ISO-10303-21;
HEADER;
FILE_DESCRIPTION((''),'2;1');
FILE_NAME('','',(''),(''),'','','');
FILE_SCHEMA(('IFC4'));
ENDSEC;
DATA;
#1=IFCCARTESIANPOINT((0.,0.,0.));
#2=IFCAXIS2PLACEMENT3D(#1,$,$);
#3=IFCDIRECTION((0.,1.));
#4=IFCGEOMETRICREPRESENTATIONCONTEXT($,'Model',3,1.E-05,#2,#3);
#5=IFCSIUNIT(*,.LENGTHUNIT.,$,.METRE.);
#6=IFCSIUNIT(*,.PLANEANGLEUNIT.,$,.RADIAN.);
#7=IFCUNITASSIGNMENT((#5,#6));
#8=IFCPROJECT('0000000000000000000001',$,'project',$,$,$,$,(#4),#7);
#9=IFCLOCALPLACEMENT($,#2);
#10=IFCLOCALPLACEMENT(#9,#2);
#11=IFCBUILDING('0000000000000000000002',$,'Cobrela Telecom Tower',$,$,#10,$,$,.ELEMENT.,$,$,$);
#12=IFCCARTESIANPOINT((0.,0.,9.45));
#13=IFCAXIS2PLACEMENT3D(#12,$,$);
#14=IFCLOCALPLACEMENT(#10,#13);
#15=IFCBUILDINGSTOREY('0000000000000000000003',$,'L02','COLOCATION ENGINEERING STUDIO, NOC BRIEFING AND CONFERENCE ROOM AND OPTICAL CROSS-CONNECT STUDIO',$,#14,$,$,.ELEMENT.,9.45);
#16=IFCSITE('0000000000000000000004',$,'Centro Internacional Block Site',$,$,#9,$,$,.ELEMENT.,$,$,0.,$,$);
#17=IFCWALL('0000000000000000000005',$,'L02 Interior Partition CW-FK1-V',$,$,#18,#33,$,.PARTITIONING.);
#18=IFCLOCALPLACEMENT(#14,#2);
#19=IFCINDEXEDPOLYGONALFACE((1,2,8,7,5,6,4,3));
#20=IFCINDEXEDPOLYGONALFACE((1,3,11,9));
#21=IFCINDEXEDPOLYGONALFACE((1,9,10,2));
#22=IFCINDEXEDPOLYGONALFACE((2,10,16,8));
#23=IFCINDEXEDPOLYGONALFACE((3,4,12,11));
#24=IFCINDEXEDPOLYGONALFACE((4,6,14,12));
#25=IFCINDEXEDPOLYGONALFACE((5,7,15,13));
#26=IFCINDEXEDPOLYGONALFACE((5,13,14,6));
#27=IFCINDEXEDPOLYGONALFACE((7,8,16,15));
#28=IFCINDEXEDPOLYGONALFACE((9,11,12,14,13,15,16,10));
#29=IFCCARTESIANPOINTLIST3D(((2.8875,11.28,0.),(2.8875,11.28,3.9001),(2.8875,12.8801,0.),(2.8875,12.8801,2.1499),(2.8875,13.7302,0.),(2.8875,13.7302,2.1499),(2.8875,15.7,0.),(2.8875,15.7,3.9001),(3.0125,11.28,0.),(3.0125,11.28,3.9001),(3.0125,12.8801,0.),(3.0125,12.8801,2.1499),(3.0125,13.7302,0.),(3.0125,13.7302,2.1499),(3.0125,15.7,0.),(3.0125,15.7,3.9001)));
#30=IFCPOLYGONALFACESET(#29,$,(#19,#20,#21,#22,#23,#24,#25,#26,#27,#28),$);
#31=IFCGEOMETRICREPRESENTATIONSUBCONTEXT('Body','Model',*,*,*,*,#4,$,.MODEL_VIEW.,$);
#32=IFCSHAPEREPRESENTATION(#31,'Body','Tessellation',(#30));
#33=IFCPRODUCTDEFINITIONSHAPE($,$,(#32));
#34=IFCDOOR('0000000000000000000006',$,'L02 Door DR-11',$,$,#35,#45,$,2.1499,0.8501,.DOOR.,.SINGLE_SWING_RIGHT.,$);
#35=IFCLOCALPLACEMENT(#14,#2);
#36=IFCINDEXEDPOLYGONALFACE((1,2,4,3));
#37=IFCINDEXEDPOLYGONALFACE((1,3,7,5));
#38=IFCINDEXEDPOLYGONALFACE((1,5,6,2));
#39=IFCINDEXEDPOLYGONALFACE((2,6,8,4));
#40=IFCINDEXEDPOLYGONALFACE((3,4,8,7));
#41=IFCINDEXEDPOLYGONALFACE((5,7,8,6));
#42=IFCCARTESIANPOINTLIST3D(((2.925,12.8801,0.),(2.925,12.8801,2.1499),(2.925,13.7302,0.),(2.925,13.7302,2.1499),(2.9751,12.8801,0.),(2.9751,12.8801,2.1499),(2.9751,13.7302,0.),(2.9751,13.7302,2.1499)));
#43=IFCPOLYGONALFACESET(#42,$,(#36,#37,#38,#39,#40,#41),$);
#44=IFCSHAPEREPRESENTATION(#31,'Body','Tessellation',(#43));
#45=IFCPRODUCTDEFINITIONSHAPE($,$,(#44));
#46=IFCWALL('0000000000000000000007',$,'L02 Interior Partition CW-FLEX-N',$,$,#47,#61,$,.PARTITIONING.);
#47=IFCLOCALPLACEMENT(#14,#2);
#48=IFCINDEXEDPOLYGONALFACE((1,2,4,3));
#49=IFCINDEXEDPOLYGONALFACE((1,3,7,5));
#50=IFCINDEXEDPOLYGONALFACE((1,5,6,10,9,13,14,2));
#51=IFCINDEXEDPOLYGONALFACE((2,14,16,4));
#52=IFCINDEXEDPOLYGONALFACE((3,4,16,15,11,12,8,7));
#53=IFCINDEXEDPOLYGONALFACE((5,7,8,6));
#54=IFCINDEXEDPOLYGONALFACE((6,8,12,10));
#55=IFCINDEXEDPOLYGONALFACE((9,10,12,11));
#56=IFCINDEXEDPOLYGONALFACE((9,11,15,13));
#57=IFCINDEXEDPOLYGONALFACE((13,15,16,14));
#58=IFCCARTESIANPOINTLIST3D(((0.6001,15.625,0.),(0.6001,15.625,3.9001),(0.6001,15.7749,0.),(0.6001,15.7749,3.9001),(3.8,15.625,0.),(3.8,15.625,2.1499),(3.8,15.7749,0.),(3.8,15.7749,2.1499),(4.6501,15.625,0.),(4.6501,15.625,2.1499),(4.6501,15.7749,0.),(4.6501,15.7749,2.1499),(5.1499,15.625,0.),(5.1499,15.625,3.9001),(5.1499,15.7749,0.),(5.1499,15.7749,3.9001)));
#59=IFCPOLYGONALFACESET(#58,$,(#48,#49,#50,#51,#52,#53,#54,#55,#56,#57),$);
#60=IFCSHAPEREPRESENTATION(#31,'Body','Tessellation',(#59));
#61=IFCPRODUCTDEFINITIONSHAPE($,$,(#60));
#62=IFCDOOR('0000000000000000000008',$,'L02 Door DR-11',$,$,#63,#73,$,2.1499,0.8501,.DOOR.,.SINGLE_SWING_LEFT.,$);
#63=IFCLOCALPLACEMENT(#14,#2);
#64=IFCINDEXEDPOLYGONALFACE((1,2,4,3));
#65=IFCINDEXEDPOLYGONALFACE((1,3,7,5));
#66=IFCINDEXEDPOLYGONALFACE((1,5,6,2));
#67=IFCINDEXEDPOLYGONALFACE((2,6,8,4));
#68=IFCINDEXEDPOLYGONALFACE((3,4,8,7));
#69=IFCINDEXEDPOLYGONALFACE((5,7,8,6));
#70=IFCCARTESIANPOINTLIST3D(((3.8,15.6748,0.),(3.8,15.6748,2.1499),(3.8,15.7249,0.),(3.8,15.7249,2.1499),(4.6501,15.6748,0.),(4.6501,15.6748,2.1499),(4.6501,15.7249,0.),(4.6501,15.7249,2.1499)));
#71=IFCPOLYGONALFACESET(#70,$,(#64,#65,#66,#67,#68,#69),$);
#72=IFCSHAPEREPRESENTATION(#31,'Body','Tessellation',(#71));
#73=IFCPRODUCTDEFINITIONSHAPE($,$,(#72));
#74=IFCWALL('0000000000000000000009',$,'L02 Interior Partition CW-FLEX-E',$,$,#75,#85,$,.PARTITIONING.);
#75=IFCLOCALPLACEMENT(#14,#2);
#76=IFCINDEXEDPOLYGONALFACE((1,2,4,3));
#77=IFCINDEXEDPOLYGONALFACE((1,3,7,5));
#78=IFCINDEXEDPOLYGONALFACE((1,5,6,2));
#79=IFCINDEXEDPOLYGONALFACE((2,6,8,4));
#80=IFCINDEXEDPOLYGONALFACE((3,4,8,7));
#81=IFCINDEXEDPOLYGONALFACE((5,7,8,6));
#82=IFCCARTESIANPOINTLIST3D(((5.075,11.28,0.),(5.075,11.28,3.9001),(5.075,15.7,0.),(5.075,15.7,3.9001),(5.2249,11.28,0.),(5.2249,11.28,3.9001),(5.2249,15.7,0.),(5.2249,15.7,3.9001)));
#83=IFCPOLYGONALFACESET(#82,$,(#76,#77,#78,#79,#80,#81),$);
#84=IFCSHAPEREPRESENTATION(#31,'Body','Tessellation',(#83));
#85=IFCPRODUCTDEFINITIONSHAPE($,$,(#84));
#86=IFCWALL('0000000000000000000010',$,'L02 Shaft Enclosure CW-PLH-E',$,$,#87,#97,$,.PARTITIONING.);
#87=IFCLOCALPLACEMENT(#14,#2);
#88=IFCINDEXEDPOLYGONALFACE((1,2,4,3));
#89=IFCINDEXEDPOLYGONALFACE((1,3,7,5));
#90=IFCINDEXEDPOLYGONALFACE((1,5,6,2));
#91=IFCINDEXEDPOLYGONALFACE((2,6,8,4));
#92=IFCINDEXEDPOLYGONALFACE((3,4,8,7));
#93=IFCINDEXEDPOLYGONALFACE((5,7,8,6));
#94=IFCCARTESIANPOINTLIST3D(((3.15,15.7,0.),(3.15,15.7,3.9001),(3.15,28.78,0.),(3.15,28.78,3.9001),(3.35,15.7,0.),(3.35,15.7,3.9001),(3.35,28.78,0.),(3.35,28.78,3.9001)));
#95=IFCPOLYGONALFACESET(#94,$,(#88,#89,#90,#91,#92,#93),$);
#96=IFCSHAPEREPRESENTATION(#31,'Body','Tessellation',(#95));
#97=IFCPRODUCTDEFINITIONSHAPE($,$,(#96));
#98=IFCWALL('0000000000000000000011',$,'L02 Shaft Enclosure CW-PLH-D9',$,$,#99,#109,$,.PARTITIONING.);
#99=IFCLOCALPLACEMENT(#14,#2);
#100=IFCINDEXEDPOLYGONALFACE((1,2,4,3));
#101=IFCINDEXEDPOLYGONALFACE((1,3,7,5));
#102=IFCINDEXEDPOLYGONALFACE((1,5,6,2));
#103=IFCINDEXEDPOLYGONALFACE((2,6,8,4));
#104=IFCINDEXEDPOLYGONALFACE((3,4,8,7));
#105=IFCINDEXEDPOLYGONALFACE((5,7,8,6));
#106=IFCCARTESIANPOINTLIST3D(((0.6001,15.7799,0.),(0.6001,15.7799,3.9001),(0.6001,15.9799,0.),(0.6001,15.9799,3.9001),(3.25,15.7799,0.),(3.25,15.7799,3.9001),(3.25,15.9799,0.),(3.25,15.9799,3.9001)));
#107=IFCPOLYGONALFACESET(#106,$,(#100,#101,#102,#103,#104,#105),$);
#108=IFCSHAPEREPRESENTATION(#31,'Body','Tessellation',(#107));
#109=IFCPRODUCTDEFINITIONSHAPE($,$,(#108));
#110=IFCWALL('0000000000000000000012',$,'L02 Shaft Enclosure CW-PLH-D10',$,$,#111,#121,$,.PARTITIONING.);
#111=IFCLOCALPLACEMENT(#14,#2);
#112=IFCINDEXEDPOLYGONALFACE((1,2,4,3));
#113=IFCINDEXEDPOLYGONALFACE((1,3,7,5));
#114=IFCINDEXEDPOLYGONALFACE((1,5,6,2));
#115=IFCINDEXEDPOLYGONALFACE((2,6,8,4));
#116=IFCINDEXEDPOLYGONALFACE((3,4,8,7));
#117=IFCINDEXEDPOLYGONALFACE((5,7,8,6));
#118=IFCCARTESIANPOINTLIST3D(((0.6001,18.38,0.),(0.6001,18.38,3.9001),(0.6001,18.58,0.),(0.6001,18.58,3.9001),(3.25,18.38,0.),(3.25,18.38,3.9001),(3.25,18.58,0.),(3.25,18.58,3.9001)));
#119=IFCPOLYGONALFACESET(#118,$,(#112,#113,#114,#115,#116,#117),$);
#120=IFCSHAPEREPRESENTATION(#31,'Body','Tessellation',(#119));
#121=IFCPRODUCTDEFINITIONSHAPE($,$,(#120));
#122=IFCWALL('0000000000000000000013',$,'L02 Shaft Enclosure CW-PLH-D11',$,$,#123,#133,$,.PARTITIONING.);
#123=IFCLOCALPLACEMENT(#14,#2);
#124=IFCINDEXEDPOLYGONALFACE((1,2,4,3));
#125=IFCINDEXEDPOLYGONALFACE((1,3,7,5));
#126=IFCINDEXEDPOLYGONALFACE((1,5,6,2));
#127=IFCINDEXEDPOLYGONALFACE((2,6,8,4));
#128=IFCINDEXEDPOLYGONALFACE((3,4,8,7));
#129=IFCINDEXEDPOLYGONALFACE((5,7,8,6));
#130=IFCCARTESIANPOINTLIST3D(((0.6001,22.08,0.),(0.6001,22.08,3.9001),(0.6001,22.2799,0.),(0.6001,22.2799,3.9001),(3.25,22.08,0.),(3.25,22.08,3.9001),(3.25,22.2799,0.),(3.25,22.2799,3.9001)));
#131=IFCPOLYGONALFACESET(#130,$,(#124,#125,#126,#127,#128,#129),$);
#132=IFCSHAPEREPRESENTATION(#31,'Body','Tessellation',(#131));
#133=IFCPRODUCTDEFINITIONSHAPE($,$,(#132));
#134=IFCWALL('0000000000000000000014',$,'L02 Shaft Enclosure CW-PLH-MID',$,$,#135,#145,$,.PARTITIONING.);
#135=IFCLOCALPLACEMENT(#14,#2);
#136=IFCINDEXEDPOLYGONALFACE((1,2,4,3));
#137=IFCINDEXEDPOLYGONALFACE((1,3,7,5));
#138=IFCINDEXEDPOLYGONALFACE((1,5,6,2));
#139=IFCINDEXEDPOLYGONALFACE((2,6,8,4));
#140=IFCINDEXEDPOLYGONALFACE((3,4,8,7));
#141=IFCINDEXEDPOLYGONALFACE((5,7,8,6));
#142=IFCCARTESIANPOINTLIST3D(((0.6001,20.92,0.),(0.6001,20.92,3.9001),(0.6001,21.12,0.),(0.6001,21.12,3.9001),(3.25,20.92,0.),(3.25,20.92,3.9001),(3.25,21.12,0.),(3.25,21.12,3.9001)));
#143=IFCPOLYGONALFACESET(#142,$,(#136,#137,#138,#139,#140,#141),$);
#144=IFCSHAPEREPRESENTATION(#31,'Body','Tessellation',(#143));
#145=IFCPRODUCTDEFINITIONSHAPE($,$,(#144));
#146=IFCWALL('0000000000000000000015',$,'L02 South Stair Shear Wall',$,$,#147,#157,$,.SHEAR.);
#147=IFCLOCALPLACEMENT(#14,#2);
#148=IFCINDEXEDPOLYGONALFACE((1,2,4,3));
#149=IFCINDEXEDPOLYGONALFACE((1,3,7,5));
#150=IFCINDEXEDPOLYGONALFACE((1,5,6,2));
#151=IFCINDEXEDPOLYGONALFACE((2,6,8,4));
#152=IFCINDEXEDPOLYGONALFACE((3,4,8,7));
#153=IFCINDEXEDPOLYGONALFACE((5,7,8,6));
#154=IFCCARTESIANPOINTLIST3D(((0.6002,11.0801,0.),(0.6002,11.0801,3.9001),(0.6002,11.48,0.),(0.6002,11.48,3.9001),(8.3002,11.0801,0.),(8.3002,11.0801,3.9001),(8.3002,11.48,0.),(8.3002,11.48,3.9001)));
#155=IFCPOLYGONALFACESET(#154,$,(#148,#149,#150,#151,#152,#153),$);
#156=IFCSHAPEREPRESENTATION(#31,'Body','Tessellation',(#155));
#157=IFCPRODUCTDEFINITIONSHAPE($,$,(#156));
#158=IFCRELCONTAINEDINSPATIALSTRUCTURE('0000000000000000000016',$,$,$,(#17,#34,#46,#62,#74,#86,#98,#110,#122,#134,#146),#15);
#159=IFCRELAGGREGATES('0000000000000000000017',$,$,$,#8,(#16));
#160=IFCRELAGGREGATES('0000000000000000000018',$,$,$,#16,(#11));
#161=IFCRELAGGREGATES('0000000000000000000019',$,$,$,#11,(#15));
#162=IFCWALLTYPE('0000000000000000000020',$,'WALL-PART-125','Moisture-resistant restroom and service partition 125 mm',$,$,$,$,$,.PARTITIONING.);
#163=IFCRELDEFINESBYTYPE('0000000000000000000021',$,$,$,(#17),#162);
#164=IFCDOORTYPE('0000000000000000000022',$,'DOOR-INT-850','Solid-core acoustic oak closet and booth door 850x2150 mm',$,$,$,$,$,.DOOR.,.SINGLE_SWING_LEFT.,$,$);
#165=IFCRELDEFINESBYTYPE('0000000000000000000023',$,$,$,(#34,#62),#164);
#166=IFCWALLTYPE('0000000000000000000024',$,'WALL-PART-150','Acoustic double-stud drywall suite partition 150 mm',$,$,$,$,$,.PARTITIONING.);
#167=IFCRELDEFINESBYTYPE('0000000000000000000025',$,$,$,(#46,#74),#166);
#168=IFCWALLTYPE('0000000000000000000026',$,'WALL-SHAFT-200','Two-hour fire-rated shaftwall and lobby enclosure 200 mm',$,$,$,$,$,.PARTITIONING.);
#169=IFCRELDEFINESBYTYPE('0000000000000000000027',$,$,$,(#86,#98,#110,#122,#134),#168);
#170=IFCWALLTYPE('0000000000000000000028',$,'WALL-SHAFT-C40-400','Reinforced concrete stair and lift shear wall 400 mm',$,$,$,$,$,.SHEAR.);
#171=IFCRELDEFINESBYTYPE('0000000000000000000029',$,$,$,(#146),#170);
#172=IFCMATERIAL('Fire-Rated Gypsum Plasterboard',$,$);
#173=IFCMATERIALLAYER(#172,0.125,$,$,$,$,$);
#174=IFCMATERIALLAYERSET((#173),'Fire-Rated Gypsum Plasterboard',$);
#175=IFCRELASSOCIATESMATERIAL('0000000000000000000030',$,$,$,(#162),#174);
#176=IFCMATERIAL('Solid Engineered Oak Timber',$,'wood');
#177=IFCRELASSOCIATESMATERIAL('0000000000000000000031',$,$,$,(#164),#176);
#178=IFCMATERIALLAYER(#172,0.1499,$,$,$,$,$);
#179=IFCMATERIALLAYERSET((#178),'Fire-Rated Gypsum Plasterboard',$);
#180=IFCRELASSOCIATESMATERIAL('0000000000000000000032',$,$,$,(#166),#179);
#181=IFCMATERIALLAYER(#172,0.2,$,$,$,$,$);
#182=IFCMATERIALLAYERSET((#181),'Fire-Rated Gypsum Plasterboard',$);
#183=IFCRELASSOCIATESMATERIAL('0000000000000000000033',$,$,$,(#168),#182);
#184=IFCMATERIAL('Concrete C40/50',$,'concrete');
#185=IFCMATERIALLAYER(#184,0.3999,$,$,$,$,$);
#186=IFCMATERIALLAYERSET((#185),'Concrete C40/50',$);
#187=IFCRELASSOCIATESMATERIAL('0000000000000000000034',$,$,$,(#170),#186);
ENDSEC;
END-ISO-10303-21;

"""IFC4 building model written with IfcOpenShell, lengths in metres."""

from ifc_helpers import new_model, si_unit, direction, frame, frame_2d, origin, place, context, subcontext, project, spatial, rectangle, extrude, material, layer, layer_set, type_object, element, fill, save


model = new_model("IFC4")

# Units and contexts
model_context = context("Model", 3, precision=1e-05, world=origin(), true_north=direction((0.0, 1.0)))
body_context = subcontext(model_context, "Body", "Model", "MODEL_VIEW")
ifc_project = project(units=[si_unit("LENGTHUNIT", "METRE"), si_unit("PLANEANGLEUNIT", "RADIAN")], contexts=[model_context])

# Site, building, storey
site_placement = place(None, origin())
site = spatial("IfcSite", under=ifc_project, at=site_placement, Name="Centro Internacional Block Site", CompositionType="ELEMENT", RefElevation=0.0)
building_placement = place(site_placement, origin())
building = spatial("IfcBuilding", under=site, at=building_placement, Name="Cobrela Telecom Tower", CompositionType="ELEMENT")
storey_placement = place(building_placement, frame((0.0, 0.0, 9.45)))
storey = spatial("IfcBuildingStorey", under=building, at=storey_placement, Name="L02", Description="COLOCATION ENGINEERING STUDIO, NOC BRIEFING AND CONFERENCE ROOM AND OPTICAL CROSS-CONNECT STUDIO", CompositionType="ELEMENT", Elevation=9.45)

# Walls, openings, doors
ifc_material_1 = material(Name="Fire-Rated Gypsum Plasterboard")
ifc_layer_1 = layer(ifc_material_1, 0.125)
ifc_layer_set_1 = layer_set([ifc_layer_1], Name="Fire-Rated Gypsum Plasterboard")
wall_type_1 = type_object("IfcWallType", Name="WALL-PART-125", Description="Moisture-resistant restroom and service partition 125 mm", PredefinedType="PARTITIONING", material=ifc_layer_set_1)
wall_1_placement = place(storey_placement, frame((2.95, 11.28, 0.0), z_axis=(0.0, 0.0, 1.0), x_axis=(0.0, 1.0, 0.0)))
wall_1 = element("IfcWall", 1, at=wall_1_placement, inside=storey, type_object=wall_type_1, Name="L02 Interior Partition CW-FK1-V", PredefinedType="PARTITIONING", context=body_context, shape_type="SweptSolid", body=[
    extrude(rectangle(XDim=4.4199, YDim=0.125, at=frame_2d((2.21, 0.0))), origin(), (0.0, 0.0, 1.0), 3.9001),
])
opening_1_placement = place(wall_1_placement, frame((1.6001, 0.0, 0.0)))
opening_1 = element("IfcOpeningElement", 2, at=opening_1_placement, cuts=wall_1, PredefinedType="OPENING", context=body_context, shape_type="SweptSolid", body=[
    extrude(rectangle(XDim=0.8501, YDim=2.1499, at=frame_2d((0.425, 1.075))), frame((0.0, 0.0745, 0.0), z_axis=(0.0, -1.0, 0.0), x_axis=(1.0, 0.0, 0.0)), (0.0, 0.0, 1.0), 0.1489),
])
ifc_material_2 = material(Name="Solid Engineered Oak Timber", Category="wood")
door_type = type_object("IfcDoorType", Name="DOOR-INT-850", Description="Solid-core acoustic oak closet and booth door 850x2150 mm", OperationType="SINGLE_SWING_LEFT", PredefinedType="DOOR", material=ifc_material_2)
door_1_placement = place(opening_1_placement, origin())
door_1 = element("IfcDoor", 3, at=door_1_placement, inside=storey, type_object=door_type, Name="L02 Door DR-11", OperationType="SINGLE_SWING_RIGHT", OverallHeight=2.1499, OverallWidth=0.8501, PredefinedType="DOOR", context=body_context, shape_type="SweptSolid", body=[
    extrude(rectangle(XDim=0.8501, YDim=2.1499, at=frame_2d((0.425, 1.075))), frame((0.0, 0.0249, 0.0), z_axis=(0.0, -1.0, 0.0), x_axis=(1.0, 0.0, 0.0)), (0.0, 0.0, 1.0), 0.05),
])
fill(opening_1, door_1)
ifc_layer_2 = layer(ifc_material_1, 0.1499)
ifc_layer_set_2 = layer_set([ifc_layer_2], Name="Fire-Rated Gypsum Plasterboard")
wall_type_2 = type_object("IfcWallType", Name="WALL-PART-150", Description="Acoustic double-stud drywall suite partition 150 mm", PredefinedType="PARTITIONING", material=ifc_layer_set_2)
wall_2_placement = place(storey_placement, frame((0.6001, 15.7, 0.0), z_axis=(0.0, 0.0, 1.0), x_axis=(1.0, 0.0, 0.0)))
wall_2 = element("IfcWall", 4, at=wall_2_placement, inside=storey, type_object=wall_type_2, Name="L02 Interior Partition CW-FLEX-N", PredefinedType="PARTITIONING", context=body_context, shape_type="SweptSolid", body=[
    extrude(rectangle(XDim=4.5498, YDim=0.1499, at=frame_2d((2.2749, 0.0))), origin(), (0.0, 0.0, 1.0), 3.9001),
])
opening_2_placement = place(wall_2_placement, frame((3.2, 0.0, 0.0)))
opening_2 = element("IfcOpeningElement", 5, at=opening_2_placement, cuts=wall_2, PredefinedType="OPENING", context=body_context, shape_type="SweptSolid", body=[
    extrude(rectangle(XDim=0.8501, YDim=2.1499, at=frame_2d((0.425, 1.075))), frame((0.0, 0.0869, 0.0), z_axis=(0.0, -1.0, 0.0), x_axis=(1.0, 0.0, 0.0)), (0.0, 0.0, 1.0), 0.1738),
])
door_2_placement = place(opening_2_placement, origin())
door_2 = element("IfcDoor", 6, at=door_2_placement, inside=storey, type_object=door_type, Name="L02 Door DR-11", OperationType="SINGLE_SWING_LEFT", OverallHeight=2.1499, OverallWidth=0.8501, PredefinedType="DOOR", context=body_context, shape_type="SweptSolid", body=[
    extrude(rectangle(XDim=0.8501, YDim=2.1499, at=frame_2d((0.425, 1.075))), frame((0.0, 0.0249, 0.0), z_axis=(0.0, -1.0, 0.0), x_axis=(1.0, 0.0, 0.0)), (0.0, 0.0, 1.0), 0.05),
])
fill(opening_2, door_2)

# Walls
wall_3_placement = place(storey_placement, frame((5.1499, 11.28, 0.0), z_axis=(0.0, 0.0, 1.0), x_axis=(0.0, 1.0, 0.0)))
element("IfcWall", 7, at=wall_3_placement, inside=storey, type_object=wall_type_2, Name="L02 Interior Partition CW-FLEX-E", PredefinedType="PARTITIONING", context=body_context, shape_type="SweptSolid", body=[
    extrude(rectangle(XDim=4.4199, YDim=0.1499, at=frame_2d((2.21, 0.0))), origin(), (0.0, 0.0, 1.0), 3.9001),
])
ifc_layer_3 = layer(ifc_material_1, 0.2)
ifc_layer_set_3 = layer_set([ifc_layer_3], Name="Fire-Rated Gypsum Plasterboard")
wall_type_3 = type_object("IfcWallType", Name="WALL-SHAFT-200", Description="Two-hour fire-rated shaftwall and lobby enclosure 200 mm", PredefinedType="PARTITIONING", material=ifc_layer_set_3)
wall_4_placement = place(storey_placement, frame((3.25, 15.7, 0.0), z_axis=(0.0, 0.0, 1.0), x_axis=(0.0, 1.0, 0.0)))
element("IfcWall", 8, at=wall_4_placement, inside=storey, type_object=wall_type_3, Name="L02 Shaft Enclosure CW-PLH-E", PredefinedType="PARTITIONING", context=body_context, shape_type="SweptSolid", body=[
    extrude(rectangle(XDim=13.0801, YDim=0.2, at=frame_2d((6.54, 0.0))), origin(), (0.0, 0.0, 1.0), 3.9001),
])
for number, where, z_axis, x_axis, name in (
    (9, (0.6001, 15.8799, 0.0), (0.0, 0.0, 1.0), (1.0, 0.0, 0.0), "L02 Shaft Enclosure CW-PLH-D9"),
    (10, (0.6001, 18.48, 0.0), (0.0, 0.0, 1.0), (1.0, 0.0, 0.0), "L02 Shaft Enclosure CW-PLH-D10"),
    (11, (0.6001, 22.1799, 0.0), (0.0, 0.0, 1.0), (1.0, 0.0, 0.0), "L02 Shaft Enclosure CW-PLH-D11"),
    (12, (0.6001, 21.02, 0.0), (0.0, 0.0, 1.0), (1.0, 0.0, 0.0), "L02 Shaft Enclosure CW-PLH-MID"),
):
    element("IfcWall", number, at=place(storey_placement, frame(where, z_axis=z_axis, x_axis=x_axis)), inside=storey, type_object=wall_type_3, Name=name, PredefinedType="PARTITIONING", context=body_context, shape_type="SweptSolid", body=[
        extrude(rectangle(XDim=2.6499, YDim=0.2, at=frame_2d((1.325, 0.0))), origin(), (0.0, 0.0, 1.0), 3.9001),
    ])
ifc_material_3 = material(Name="Concrete C40/50", Category="concrete")
ifc_layer_4 = layer(ifc_material_3, 0.3999)
ifc_layer_set_4 = layer_set([ifc_layer_4], Name="Concrete C40/50")
wall_type_4 = type_object("IfcWallType", Name="WALL-SHAFT-C40-400", Description="Reinforced concrete stair and lift shear wall 400 mm", PredefinedType="SHEAR", material=ifc_layer_set_4)
wall_5_placement = place(storey_placement, frame((0.6001, 11.28, 0.0), z_axis=(0.0, 0.0, 1.0), x_axis=(1.0, 0.0, 0.0)))
element("IfcWall", 13, at=wall_5_placement, inside=storey, type_object=wall_type_4, Name="L02 South Stair Shear Wall", PredefinedType="SHEAR", context=body_context, shape_type="SweptSolid", body=[
    extrude(rectangle(XDim=7.7, YDim=0.3999, at=frame_2d((3.8501, 0.0))), origin(), (0.0, 0.0, 1.0), 3.9001),
])

save(model, "model.ifc")
